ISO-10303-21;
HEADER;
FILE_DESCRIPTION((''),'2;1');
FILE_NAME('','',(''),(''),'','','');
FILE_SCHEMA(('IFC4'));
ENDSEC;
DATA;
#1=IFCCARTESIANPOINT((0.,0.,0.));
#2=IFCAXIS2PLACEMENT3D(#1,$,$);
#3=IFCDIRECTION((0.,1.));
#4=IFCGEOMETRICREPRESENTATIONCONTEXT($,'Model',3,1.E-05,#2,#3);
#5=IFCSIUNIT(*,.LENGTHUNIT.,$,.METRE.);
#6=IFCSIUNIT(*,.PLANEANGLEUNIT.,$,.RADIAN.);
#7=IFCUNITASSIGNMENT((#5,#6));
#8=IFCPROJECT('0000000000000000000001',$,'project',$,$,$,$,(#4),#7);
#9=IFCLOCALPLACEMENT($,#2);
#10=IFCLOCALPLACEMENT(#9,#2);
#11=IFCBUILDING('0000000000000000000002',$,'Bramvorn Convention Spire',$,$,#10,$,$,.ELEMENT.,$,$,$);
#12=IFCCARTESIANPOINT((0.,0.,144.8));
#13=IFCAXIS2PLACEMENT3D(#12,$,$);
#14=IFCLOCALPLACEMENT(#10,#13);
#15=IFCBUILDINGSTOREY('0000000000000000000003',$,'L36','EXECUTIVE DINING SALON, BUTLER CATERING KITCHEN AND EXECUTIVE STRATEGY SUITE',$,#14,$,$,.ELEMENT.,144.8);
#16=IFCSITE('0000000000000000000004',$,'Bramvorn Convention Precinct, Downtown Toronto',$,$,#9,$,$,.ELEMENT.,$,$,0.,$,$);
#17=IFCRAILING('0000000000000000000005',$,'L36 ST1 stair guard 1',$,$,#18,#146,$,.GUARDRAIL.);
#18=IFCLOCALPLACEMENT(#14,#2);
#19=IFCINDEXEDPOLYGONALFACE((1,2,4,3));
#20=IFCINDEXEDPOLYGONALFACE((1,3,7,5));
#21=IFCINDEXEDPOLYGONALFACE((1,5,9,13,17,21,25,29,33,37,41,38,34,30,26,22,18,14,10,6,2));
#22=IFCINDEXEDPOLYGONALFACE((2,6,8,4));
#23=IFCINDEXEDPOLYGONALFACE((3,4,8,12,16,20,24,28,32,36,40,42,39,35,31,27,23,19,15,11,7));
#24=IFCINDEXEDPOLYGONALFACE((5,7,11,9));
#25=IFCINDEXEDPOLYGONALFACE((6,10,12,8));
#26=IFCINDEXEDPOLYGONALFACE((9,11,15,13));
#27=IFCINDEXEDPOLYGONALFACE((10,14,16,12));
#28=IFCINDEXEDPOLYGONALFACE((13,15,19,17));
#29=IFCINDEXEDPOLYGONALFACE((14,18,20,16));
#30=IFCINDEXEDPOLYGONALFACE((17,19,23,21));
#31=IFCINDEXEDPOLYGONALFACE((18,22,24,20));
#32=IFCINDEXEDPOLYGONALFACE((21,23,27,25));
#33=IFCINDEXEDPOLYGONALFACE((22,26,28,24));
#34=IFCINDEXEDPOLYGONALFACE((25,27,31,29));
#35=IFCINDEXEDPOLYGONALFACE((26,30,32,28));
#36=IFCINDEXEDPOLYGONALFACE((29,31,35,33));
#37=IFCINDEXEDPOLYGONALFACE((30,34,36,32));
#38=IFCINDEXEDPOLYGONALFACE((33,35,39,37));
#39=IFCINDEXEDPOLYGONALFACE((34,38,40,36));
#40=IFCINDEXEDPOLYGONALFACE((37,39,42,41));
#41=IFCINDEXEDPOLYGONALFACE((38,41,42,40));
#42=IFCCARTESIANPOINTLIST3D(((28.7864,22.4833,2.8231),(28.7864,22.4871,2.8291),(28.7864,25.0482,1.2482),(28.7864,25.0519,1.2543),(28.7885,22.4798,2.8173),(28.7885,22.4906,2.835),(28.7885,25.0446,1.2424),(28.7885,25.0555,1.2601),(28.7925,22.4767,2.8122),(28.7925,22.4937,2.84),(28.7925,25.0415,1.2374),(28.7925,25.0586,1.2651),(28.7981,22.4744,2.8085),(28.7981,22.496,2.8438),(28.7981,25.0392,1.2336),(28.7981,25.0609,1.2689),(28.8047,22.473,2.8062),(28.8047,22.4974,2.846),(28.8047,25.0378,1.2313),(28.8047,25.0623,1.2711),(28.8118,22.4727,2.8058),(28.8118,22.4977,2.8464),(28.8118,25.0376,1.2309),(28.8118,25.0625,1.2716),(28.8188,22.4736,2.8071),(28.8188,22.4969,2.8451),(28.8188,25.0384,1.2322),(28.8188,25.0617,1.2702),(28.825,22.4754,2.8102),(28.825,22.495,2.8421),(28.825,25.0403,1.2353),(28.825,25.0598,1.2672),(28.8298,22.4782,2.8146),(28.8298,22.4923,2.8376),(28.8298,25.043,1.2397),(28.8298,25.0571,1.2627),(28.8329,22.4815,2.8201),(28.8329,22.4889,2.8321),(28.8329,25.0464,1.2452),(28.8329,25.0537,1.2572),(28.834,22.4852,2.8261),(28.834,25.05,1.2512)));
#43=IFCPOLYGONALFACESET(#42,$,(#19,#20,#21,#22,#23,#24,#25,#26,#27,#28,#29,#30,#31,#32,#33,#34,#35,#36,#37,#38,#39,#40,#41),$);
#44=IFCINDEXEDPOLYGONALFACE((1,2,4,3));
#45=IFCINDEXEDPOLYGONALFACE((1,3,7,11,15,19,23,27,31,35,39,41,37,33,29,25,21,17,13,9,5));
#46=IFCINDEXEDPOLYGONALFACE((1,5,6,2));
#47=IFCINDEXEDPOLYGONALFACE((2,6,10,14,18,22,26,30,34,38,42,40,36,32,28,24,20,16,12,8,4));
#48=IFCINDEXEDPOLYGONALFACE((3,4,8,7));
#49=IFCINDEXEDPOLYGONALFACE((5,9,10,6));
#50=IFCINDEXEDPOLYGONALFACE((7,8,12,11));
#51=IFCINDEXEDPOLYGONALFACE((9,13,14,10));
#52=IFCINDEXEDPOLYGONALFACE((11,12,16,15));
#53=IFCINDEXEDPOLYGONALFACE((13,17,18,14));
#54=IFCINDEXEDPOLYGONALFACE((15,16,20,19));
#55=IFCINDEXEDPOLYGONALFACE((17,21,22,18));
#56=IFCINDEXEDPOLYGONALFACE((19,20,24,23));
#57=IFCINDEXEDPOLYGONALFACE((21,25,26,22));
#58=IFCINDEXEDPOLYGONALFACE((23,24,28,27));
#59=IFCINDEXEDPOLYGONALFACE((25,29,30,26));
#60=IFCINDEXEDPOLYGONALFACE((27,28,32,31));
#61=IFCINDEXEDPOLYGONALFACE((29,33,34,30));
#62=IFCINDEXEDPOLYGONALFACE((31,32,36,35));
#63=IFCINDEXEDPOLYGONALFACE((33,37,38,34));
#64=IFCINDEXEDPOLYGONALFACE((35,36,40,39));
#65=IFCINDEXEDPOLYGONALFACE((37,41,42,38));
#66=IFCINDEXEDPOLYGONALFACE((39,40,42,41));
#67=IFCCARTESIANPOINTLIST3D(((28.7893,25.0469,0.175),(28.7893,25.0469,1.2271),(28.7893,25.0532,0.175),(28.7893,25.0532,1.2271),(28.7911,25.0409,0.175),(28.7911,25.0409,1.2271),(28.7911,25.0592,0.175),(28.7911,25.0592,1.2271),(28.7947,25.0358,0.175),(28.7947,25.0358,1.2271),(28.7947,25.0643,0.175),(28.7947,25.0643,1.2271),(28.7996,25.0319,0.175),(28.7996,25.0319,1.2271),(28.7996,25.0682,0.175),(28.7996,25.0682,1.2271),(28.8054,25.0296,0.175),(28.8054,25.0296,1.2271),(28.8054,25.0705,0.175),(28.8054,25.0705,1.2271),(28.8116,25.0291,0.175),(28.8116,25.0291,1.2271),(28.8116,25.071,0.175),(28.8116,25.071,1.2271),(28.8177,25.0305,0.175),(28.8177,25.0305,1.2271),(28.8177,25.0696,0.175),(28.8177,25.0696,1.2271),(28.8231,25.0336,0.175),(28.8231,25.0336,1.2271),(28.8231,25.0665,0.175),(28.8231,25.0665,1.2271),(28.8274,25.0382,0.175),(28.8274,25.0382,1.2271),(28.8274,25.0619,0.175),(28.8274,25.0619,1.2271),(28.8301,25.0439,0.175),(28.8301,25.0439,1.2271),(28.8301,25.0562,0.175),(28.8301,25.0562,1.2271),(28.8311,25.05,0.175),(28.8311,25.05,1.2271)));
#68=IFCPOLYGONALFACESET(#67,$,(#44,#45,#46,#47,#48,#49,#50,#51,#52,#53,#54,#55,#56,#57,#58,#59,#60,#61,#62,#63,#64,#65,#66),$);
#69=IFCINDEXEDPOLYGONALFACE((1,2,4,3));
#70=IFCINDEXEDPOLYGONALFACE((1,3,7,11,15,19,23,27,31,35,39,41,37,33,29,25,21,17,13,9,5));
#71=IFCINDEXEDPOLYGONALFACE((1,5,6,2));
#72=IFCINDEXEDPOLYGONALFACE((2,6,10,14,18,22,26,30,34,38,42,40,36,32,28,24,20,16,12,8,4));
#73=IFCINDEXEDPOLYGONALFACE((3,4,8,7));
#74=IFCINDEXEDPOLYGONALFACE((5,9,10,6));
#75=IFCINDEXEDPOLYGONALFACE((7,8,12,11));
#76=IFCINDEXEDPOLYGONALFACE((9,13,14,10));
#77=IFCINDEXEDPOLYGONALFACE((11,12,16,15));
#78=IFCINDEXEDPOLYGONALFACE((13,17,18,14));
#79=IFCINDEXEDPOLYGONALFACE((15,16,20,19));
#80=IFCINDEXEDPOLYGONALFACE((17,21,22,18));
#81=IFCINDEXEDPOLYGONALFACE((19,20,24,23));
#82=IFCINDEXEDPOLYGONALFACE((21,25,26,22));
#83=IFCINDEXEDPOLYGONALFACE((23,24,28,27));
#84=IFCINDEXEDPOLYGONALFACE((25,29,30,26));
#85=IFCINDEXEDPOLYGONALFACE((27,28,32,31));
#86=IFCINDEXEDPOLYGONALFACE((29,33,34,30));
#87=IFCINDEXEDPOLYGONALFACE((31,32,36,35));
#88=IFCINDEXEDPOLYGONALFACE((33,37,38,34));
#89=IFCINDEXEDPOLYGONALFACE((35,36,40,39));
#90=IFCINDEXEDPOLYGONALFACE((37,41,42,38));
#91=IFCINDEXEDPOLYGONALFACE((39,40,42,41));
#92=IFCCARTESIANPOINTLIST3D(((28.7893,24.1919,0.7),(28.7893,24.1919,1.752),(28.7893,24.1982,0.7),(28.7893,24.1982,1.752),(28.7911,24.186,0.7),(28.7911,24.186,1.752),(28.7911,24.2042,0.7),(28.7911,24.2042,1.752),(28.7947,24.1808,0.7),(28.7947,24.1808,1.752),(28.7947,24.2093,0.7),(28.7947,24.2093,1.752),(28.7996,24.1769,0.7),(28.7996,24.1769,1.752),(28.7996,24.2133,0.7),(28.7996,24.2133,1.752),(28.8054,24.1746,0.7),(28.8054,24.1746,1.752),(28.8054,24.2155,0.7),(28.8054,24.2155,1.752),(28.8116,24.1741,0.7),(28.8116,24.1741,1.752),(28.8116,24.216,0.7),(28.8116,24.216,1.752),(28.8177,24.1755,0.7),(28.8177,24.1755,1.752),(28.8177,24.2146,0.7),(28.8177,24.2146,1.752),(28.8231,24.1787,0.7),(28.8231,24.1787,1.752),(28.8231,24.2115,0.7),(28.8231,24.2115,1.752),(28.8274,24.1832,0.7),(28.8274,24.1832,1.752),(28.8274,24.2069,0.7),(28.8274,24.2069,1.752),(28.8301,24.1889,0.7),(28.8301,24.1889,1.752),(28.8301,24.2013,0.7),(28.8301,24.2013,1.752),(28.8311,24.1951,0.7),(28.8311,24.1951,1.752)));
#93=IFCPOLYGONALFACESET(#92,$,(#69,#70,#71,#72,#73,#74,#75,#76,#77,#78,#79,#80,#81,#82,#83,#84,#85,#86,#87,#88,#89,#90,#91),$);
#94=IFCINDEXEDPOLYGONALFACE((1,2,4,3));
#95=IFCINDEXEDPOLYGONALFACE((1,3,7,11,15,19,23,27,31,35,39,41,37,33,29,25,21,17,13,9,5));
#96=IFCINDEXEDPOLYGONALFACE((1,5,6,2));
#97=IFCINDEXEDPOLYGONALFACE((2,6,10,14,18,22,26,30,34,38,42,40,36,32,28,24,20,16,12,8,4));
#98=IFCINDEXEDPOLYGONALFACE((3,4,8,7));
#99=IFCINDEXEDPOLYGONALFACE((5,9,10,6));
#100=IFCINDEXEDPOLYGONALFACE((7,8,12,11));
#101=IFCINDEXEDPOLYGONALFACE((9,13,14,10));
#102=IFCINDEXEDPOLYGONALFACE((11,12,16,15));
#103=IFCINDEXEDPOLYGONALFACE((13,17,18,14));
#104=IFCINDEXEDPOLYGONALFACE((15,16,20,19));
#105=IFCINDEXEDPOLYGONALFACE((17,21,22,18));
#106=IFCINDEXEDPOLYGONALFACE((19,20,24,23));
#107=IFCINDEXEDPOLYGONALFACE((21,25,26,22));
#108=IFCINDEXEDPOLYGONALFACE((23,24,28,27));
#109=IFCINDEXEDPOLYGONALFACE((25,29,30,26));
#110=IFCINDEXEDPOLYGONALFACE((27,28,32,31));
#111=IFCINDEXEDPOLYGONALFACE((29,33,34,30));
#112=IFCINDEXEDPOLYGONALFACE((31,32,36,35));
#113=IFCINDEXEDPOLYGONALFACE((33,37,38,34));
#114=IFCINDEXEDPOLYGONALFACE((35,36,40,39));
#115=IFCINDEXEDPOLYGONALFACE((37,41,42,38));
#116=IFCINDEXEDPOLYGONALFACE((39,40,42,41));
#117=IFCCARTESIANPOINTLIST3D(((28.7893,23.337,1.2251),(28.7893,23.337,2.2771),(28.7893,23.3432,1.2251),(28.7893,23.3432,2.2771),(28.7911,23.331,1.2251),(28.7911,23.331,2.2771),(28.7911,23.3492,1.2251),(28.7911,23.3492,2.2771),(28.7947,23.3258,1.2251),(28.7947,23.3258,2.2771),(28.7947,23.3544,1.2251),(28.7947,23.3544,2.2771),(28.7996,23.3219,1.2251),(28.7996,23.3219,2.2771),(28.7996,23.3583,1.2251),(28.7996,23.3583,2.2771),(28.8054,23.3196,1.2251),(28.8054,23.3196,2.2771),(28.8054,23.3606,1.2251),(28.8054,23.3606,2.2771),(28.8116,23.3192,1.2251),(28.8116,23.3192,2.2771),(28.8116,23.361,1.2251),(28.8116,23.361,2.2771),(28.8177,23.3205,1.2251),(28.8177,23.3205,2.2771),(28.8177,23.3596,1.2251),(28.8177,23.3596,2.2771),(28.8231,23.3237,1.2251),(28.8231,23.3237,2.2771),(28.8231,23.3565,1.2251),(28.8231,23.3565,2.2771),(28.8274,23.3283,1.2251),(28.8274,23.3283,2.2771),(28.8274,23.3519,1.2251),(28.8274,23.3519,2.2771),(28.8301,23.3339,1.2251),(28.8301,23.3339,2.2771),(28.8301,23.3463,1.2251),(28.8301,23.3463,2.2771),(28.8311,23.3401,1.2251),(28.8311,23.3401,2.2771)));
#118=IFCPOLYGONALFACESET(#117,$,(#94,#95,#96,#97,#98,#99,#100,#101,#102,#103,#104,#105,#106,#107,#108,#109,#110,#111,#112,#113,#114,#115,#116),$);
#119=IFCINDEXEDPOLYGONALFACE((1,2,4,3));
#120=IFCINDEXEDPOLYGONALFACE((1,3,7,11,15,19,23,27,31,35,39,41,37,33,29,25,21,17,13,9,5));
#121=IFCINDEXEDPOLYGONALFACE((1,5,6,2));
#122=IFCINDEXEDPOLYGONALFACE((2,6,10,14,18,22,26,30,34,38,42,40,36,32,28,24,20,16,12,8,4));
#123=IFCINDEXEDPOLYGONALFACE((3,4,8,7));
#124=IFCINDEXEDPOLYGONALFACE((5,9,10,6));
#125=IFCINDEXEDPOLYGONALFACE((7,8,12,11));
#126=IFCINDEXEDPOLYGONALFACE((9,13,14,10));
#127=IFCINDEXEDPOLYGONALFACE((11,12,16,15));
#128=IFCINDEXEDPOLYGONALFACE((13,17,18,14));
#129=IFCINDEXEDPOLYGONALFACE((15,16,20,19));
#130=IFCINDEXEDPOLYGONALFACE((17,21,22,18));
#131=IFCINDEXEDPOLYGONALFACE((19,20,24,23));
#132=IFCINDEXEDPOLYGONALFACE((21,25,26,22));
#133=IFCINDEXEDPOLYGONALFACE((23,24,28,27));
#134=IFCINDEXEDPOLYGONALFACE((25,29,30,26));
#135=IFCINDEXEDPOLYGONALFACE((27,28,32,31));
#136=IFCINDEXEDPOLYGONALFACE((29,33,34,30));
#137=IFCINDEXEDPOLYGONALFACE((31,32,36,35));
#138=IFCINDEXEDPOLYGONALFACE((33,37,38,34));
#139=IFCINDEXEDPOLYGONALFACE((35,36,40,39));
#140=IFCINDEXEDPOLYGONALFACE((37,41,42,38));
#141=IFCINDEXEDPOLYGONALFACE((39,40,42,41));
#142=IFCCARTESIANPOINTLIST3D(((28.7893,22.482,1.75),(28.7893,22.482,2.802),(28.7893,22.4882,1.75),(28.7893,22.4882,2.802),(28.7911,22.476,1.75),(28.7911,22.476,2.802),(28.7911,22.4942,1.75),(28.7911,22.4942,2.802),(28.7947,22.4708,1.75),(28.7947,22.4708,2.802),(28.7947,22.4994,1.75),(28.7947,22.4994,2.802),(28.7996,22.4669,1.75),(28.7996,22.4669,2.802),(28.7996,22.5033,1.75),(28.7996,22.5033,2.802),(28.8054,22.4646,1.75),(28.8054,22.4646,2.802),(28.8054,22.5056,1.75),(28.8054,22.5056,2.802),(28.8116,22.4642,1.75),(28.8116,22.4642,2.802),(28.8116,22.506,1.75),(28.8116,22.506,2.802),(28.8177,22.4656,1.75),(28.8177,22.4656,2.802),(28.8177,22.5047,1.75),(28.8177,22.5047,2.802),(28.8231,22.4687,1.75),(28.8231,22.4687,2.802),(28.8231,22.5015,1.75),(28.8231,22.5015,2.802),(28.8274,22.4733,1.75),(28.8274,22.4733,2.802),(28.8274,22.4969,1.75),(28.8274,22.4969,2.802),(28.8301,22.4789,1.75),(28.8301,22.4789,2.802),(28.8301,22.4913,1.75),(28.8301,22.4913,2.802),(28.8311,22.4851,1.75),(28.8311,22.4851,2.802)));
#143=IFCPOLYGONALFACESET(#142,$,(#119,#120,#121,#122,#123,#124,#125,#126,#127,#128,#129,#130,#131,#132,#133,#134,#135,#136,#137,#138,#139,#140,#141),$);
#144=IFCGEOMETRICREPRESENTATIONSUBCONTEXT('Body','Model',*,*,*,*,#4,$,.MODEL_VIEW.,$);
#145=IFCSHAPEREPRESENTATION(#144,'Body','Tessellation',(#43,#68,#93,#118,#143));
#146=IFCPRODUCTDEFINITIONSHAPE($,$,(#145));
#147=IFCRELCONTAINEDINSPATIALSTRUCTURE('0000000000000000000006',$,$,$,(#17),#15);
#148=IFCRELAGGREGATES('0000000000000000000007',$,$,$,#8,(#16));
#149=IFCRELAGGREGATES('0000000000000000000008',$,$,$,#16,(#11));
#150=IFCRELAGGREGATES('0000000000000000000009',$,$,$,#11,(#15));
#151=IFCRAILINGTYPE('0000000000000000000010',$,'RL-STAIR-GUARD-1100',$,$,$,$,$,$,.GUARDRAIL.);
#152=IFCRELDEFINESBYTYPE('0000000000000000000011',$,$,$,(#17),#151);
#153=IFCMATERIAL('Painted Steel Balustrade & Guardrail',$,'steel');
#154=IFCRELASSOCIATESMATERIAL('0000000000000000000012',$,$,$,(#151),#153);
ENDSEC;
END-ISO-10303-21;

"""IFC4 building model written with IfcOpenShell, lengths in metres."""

from ifc_helpers import new_model, si_unit, direction, frame, origin, origin_2d, place, context, subcontext, project, spatial, circle, extrude, material, type_object, element, save


model = new_model("IFC4")

# Units and contexts
model_context = context("Model", 3, precision=1e-05, world=origin(), true_north=direction((0.0, 1.0)))
body_context = subcontext(model_context, "Body", "Model", "MODEL_VIEW")
ifc_project = project(units=[si_unit("LENGTHUNIT", "METRE"), si_unit("PLANEANGLEUNIT", "RADIAN")], contexts=[model_context])

# Site, building, storey
site_placement = place(None, origin())
site = spatial("IfcSite", under=ifc_project, at=site_placement, Name="Bramvorn Convention Precinct, Downtown Toronto", CompositionType="ELEMENT", RefElevation=0.0)
building_placement = place(site_placement, origin())
building = spatial("IfcBuilding", under=site, at=building_placement, Name="Bramvorn Convention Spire", CompositionType="ELEMENT")
storey_placement = place(building_placement, frame((0.0, 0.0, 144.8)))
storey = spatial("IfcBuildingStorey", under=building, at=storey_placement, Name="L36", Description="EXECUTIVE DINING SALON, BUTLER CATERING KITCHEN AND EXECUTIVE STRATEGY SUITE", CompositionType="ELEMENT", Elevation=144.8)

# Railing
ifc_material_1 = material(Name="Painted Steel Balustrade & Guardrail", Category="steel")
railing_type_1 = type_object("IfcRailingType", Name="RL-STAIR-GUARD-1100", PredefinedType="GUARDRAIL", material=ifc_material_1)
railing_1_placement = place(storey_placement, frame((28.8101, 25.05, 0.175)))
element("IfcRailing", 1, at=railing_1_placement, inside=storey, type_object=railing_type_1, Name="L36 ST1 stair guard 1", PredefinedType="GUARDRAIL", context=body_context, shape_type="SweptSolid", body=[
    extrude(circle(Radius=0.0239, at=origin_2d()), frame((0.0, 0.0, 1.0762), z_axis=(0.0, -0.852173, 0.52326), x_axis=(1.0, 0.0, 0.0)), (0.0, 0.0, 1.0), 3.0098),
    extrude(circle(Radius=0.021, at=origin_2d()), origin(), (0.0, 0.0, 1.0), 1.052),
    extrude(circle(Radius=0.021, at=origin_2d()), frame((0.0, -0.855, 0.5249)), (0.0, 0.0, 1.0), 1.052),
    extrude(circle(Radius=0.021, at=origin_2d()), frame((0.0, -1.71, 1.05)), (0.0, 0.0, 1.0), 1.052),
    extrude(circle(Radius=0.021, at=origin_2d()), frame((0.0, -2.5649, 1.575)), (0.0, 0.0, 1.0), 1.052),
])

save(model, "model.ifc")
